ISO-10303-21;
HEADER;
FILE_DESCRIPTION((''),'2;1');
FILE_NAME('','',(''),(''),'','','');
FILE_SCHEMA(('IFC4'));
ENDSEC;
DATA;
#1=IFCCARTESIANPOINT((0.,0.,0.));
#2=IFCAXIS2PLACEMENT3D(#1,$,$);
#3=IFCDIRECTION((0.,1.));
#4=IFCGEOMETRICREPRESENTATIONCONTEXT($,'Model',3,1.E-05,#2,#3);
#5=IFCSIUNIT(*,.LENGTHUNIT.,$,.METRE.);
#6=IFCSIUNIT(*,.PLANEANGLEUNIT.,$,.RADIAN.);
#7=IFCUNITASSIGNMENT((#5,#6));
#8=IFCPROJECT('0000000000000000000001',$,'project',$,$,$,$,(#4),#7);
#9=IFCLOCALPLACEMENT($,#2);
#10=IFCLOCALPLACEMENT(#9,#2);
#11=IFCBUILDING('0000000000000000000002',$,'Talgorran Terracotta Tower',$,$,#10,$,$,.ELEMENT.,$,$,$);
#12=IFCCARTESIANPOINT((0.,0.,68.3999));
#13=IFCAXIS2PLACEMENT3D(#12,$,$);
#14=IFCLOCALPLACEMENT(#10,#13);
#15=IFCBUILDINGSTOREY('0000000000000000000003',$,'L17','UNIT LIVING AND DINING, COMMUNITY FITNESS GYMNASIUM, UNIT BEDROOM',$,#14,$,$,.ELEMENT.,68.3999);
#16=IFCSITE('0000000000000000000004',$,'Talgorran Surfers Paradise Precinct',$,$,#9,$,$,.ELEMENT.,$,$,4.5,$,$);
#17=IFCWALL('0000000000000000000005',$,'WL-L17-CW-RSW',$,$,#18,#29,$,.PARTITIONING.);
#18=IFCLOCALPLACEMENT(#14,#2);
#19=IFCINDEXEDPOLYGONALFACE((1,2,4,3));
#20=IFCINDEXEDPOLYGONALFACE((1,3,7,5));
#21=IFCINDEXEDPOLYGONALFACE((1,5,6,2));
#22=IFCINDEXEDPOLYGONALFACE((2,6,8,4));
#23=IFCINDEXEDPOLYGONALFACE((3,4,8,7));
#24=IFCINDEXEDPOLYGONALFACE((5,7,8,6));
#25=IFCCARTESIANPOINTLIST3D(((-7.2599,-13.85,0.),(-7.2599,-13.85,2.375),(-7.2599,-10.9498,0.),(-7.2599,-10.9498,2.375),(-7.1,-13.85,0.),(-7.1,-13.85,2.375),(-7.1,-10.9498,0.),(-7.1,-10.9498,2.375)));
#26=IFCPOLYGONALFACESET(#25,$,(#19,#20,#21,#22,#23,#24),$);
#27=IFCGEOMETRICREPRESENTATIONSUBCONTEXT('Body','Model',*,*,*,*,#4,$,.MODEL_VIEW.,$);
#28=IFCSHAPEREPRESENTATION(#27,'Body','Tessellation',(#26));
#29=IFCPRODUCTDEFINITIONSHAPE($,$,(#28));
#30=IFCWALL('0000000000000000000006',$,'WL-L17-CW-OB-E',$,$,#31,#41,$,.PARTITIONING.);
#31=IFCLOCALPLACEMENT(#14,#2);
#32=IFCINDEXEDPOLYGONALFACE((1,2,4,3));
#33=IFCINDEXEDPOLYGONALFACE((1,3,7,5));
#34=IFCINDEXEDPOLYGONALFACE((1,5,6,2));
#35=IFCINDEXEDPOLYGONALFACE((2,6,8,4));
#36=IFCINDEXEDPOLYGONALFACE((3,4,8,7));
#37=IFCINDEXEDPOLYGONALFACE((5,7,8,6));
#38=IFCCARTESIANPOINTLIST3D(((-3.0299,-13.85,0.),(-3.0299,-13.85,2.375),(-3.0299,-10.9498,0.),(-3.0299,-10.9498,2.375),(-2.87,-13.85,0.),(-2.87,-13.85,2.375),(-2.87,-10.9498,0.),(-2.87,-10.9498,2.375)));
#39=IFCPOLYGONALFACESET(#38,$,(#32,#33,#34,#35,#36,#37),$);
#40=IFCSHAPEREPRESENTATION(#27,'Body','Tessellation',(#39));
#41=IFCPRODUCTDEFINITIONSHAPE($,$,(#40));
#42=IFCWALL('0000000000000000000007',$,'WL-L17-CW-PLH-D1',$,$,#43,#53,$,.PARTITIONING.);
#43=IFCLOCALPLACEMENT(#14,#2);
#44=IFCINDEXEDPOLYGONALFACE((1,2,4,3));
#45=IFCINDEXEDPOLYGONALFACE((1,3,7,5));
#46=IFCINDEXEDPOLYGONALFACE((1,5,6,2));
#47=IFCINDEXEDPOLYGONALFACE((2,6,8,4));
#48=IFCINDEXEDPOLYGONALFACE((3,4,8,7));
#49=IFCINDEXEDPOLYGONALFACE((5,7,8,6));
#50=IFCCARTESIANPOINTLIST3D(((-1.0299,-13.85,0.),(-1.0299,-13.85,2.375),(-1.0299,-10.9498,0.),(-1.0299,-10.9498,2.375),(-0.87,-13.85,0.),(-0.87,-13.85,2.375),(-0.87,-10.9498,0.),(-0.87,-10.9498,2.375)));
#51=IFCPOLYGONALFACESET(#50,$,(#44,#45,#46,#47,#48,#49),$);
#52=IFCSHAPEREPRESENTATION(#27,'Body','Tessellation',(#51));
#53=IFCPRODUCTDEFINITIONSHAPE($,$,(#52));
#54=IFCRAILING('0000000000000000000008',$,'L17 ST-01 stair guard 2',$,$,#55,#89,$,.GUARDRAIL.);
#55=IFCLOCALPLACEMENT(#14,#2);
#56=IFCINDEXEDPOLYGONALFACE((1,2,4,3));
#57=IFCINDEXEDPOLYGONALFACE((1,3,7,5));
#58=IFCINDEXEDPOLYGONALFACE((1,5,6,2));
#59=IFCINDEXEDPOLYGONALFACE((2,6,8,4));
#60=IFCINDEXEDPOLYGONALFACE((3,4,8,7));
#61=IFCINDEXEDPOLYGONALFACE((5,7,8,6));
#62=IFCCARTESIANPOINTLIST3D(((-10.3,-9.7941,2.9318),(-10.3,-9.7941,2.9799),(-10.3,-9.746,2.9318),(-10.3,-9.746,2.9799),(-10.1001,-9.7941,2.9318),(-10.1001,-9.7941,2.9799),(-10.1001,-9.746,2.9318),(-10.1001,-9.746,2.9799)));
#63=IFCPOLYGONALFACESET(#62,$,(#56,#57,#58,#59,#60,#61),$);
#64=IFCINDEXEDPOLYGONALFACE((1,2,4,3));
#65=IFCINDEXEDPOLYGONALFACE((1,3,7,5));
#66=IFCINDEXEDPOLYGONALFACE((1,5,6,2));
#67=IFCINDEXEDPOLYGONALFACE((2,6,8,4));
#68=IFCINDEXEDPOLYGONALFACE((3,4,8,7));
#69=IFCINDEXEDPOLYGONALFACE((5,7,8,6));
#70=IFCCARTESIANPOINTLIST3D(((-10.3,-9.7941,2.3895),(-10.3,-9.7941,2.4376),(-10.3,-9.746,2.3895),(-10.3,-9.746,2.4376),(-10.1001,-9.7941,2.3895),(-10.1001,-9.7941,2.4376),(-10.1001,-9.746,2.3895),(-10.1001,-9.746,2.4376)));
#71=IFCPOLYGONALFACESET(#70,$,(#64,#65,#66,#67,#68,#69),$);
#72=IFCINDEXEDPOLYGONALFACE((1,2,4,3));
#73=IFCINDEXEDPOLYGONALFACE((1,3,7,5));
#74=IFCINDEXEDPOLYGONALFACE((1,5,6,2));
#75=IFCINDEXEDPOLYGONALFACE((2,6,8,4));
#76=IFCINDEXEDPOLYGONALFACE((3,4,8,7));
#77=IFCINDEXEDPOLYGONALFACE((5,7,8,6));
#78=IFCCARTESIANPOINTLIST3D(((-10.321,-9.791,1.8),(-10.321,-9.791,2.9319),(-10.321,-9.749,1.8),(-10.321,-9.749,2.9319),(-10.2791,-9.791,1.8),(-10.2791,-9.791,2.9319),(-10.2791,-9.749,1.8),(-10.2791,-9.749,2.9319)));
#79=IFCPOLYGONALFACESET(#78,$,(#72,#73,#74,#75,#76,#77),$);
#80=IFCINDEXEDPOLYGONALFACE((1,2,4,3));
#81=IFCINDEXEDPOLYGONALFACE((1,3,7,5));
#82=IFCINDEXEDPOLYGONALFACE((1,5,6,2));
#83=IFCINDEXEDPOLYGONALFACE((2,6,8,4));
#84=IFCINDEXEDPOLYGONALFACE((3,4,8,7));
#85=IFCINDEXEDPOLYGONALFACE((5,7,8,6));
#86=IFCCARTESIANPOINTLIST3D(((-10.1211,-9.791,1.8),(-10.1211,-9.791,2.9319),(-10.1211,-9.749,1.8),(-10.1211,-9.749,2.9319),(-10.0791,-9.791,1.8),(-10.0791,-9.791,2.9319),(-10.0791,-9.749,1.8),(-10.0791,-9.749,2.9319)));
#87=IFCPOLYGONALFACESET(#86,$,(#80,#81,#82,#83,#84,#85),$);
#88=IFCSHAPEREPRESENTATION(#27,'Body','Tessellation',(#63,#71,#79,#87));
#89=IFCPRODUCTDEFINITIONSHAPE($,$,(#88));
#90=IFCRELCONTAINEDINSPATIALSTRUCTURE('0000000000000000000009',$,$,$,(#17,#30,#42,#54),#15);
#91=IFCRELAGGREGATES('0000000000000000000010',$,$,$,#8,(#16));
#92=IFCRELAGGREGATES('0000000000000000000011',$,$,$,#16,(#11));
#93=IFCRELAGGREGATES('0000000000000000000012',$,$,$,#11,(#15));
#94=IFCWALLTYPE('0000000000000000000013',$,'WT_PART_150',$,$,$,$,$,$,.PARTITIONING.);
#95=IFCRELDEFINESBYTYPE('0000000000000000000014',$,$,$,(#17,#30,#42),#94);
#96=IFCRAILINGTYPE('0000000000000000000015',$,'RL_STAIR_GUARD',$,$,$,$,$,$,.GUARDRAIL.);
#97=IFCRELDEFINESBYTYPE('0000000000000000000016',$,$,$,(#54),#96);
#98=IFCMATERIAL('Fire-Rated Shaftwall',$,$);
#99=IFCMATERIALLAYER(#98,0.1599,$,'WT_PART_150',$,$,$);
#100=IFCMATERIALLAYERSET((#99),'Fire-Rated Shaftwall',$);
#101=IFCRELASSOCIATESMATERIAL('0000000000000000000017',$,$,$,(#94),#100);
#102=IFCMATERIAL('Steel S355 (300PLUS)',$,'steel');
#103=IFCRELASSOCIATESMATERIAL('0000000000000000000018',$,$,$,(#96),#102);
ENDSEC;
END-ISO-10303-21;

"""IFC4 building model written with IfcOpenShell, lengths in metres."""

from ifc_helpers import new_model, si_unit, direction, frame, frame_2d, origin, origin_2d, place, context, subcontext, project, spatial, rectangle, extrude, material, layer, layer_set, type_object, element, save


model = new_model("IFC4")

# Units and contexts
model_context = context("Model", 3, precision=1e-05, world=origin(), true_north=direction((0.0, 1.0)))
body_context = subcontext(model_context, "Body", "Model", "MODEL_VIEW")
ifc_project = project(units=[si_unit("LENGTHUNIT", "METRE"), si_unit("PLANEANGLEUNIT", "RADIAN")], contexts=[model_context])

# Site, building, storey
site_placement = place(None, origin())
site = spatial("IfcSite", under=ifc_project, at=site_placement, Name="Talgorran Surfers Paradise Precinct", CompositionType="ELEMENT", RefElevation=4.5)
building_placement = place(site_placement, origin())
building = spatial("IfcBuilding", under=site, at=building_placement, Name="Talgorran Terracotta Tower", CompositionType="ELEMENT")
storey_placement = place(building_placement, frame((0.0, 0.0, 68.3999)))
storey = spatial("IfcBuildingStorey", under=building, at=storey_placement, Name="L17", Description="UNIT LIVING AND DINING, COMMUNITY FITNESS GYMNASIUM, UNIT BEDROOM", CompositionType="ELEMENT", Elevation=68.3999)

# Walls
ifc_material_1 = material(Name="Fire-Rated Shaftwall")
ifc_layer_1 = layer(ifc_material_1, 0.1599, Name="WT_PART_150")
ifc_layer_set_1 = layer_set([ifc_layer_1], Name="Fire-Rated Shaftwall")
wall_type_1 = type_object("IfcWallType", Name="WT_PART_150", PredefinedType="PARTITIONING", material=ifc_layer_set_1)
for number, where, z_axis, x_axis, name in (
    (1, (-7.1799, -13.8501, 0.0), (0.0, 0.0, 1.0), (0.0, 1.0, 0.0), "WL-L17-CW-RSW"),
    (2, (-2.95, -13.8501, 0.0), (0.0, 0.0, 1.0), (0.0, 1.0, 0.0), "WL-L17-CW-OB-E"),
    (3, (-0.95, -13.8501, 0.0), (0.0, 0.0, 1.0), (0.0, 1.0, 0.0), "WL-L17-CW-PLH-D1"),
):
    element("IfcWall", number, at=place(storey_placement, frame(where, z_axis=z_axis, x_axis=x_axis)), inside=storey, type_object=wall_type_1, Name=name, PredefinedType="PARTITIONING", context=body_context, shape_type="SweptSolid", body=[
        extrude(rectangle(XDim=2.9001, YDim=0.1599, at=frame_2d((1.4502, 0.0))), origin(), (0.0, 0.0, 1.0), 2.375),
    ])

# Railing
ifc_material_2 = material(Name="Steel S355 (300PLUS)", Category="steel")
railing_type = type_object("IfcRailingType", Name="RL_STAIR_GUARD", PredefinedType="GUARDRAIL", material=ifc_material_2)
railing_placement = place(storey_placement, frame((-10.3, -9.77, 1.8)))
element("IfcRailing", 4, at=railing_placement, inside=storey, type_object=railing_type, Name="L17 ST-01 stair guard 2", PredefinedType="GUARDRAIL", context=body_context, shape_type="SweptSolid", body=[
    extrude(rectangle(XDim=0.0481, YDim=0.0481, at=origin_2d()), frame((0.0, 0.0, 1.1558), z_axis=(1.0, 0.0, 0.0), x_axis=(0.0, 1.0, 0.0)), (0.0, 0.0, 1.0), 0.2),
    extrude(rectangle(XDim=0.0481, YDim=0.0481, at=origin_2d()), frame((0.0, 0.0, 0.6135), z_axis=(1.0, 0.0, 0.0), x_axis=(0.0, 1.0, 0.0)), (0.0, 0.0, 1.0), 0.2),
    extrude(rectangle(XDim=0.042, YDim=0.042, at=origin_2d()), origin(), (0.0, 0.0, 1.0), 1.1318),
    extrude(rectangle(XDim=0.042, YDim=0.042, at=origin_2d()), frame((0.2, 0.0, 0.0)), (0.0, 0.0, 1.0), 1.1318),
])

save(model, "model.ifc")
